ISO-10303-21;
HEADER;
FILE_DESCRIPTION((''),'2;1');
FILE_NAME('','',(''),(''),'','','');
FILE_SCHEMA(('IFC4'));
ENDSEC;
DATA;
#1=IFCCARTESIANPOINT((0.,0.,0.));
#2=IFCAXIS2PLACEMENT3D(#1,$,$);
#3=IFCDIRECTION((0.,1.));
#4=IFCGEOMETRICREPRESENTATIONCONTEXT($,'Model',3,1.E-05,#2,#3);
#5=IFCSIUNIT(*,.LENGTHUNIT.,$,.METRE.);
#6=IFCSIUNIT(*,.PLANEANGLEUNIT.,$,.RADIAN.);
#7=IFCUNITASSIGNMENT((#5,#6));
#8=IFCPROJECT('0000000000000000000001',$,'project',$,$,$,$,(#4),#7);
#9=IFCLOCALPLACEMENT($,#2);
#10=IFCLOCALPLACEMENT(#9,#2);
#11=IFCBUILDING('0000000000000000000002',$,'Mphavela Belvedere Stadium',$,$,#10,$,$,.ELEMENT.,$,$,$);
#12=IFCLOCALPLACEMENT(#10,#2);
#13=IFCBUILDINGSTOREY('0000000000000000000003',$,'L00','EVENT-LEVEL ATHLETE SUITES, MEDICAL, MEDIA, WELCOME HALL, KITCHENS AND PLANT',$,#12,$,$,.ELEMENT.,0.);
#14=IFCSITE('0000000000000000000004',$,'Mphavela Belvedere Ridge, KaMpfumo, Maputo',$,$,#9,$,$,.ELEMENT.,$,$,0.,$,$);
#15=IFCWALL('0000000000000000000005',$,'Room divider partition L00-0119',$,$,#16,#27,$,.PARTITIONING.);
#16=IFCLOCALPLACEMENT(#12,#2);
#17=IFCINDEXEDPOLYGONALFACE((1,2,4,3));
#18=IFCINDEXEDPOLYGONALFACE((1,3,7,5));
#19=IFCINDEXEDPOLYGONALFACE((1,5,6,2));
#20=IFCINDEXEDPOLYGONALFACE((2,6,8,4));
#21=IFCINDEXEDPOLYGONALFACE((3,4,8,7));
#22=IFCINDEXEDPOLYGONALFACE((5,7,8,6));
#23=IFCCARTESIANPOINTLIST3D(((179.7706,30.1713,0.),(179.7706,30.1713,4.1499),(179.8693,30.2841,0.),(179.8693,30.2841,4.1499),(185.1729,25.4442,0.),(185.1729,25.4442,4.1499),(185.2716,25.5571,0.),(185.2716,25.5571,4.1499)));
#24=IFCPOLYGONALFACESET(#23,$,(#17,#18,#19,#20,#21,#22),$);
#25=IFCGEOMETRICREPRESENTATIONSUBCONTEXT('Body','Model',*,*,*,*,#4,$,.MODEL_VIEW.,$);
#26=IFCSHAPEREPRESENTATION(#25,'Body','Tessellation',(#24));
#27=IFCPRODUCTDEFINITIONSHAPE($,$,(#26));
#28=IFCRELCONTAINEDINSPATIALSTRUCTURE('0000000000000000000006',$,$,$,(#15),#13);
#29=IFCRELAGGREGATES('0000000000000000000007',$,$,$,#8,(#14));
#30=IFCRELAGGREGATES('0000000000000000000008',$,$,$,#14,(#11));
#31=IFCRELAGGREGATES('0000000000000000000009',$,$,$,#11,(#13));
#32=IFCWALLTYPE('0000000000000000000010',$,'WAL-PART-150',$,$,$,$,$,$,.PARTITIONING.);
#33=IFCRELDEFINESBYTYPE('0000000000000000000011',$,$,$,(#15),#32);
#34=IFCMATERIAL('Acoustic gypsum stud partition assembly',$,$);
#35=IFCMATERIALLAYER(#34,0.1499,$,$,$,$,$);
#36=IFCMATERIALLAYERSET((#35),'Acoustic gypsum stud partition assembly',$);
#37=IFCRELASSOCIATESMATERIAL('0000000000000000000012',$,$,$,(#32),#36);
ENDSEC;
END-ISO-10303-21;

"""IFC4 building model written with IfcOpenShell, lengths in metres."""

from ifc_helpers import new_model, si_unit, direction, frame, frame_2d, origin, place, context, subcontext, project, spatial, rectangle, extrude, material, layer, layer_set, type_object, element, save


model = new_model("IFC4")

# Units and contexts
model_context = context("Model", 3, precision=1e-05, world=origin(), true_north=direction((0.0, 1.0)))
body_context = subcontext(model_context, "Body", "Model", "MODEL_VIEW")
ifc_project = project(units=[si_unit("LENGTHUNIT", "METRE"), si_unit("PLANEANGLEUNIT", "RADIAN")], contexts=[model_context])

# Site, building, storey
site_placement = place(None, origin())
site = spatial("IfcSite", under=ifc_project, at=site_placement, Name="Mphavela Belvedere Ridge, KaMpfumo, Maputo", CompositionType="ELEMENT", RefElevation=0.0)
building_placement = place(site_placement, origin())
building = spatial("IfcBuilding", under=site, at=building_placement, Name="Mphavela Belvedere Stadium", CompositionType="ELEMENT")
storey_placement = place(building_placement, origin())
storey = spatial("IfcBuildingStorey", under=building, at=storey_placement, Name="L00", Description="EVENT-LEVEL ATHLETE SUITES, MEDICAL, MEDIA, WELCOME HALL, KITCHENS AND PLANT", CompositionType="ELEMENT", Elevation=0.0)

# Shared definitions
ifc_material_1 = material(Name="Acoustic gypsum stud partition assembly")
ifc_layer_1 = layer(ifc_material_1, 0.1499)
ifc_layer_set_1 = layer_set([ifc_layer_1], Name="Acoustic gypsum stud partition assembly")
wall_type_1 = type_object("IfcWallType", Name="WAL-PART-150", PredefinedType="PARTITIONING", material=ifc_layer_set_1)

# Wall
wall_1_placement = place(storey_placement, frame((179.8198, 30.2278, 0.0), z_axis=(0.0, 0.0, 1.0), x_axis=(0.752577, -0.658505, 0.0)))
element("IfcWall", 1, at=wall_1_placement, inside=storey, type_object=wall_type_1, Name="Room divider partition L00-0119", PredefinedType="PARTITIONING", context=body_context, shape_type="SweptSolid", body=[
    extrude(rectangle(XDim=7.1785, YDim=0.1499, at=frame_2d((3.5894, 0.0))), origin(), (0.0, 0.0, 1.0), 4.1499),
])

save(model, "model.ifc")
